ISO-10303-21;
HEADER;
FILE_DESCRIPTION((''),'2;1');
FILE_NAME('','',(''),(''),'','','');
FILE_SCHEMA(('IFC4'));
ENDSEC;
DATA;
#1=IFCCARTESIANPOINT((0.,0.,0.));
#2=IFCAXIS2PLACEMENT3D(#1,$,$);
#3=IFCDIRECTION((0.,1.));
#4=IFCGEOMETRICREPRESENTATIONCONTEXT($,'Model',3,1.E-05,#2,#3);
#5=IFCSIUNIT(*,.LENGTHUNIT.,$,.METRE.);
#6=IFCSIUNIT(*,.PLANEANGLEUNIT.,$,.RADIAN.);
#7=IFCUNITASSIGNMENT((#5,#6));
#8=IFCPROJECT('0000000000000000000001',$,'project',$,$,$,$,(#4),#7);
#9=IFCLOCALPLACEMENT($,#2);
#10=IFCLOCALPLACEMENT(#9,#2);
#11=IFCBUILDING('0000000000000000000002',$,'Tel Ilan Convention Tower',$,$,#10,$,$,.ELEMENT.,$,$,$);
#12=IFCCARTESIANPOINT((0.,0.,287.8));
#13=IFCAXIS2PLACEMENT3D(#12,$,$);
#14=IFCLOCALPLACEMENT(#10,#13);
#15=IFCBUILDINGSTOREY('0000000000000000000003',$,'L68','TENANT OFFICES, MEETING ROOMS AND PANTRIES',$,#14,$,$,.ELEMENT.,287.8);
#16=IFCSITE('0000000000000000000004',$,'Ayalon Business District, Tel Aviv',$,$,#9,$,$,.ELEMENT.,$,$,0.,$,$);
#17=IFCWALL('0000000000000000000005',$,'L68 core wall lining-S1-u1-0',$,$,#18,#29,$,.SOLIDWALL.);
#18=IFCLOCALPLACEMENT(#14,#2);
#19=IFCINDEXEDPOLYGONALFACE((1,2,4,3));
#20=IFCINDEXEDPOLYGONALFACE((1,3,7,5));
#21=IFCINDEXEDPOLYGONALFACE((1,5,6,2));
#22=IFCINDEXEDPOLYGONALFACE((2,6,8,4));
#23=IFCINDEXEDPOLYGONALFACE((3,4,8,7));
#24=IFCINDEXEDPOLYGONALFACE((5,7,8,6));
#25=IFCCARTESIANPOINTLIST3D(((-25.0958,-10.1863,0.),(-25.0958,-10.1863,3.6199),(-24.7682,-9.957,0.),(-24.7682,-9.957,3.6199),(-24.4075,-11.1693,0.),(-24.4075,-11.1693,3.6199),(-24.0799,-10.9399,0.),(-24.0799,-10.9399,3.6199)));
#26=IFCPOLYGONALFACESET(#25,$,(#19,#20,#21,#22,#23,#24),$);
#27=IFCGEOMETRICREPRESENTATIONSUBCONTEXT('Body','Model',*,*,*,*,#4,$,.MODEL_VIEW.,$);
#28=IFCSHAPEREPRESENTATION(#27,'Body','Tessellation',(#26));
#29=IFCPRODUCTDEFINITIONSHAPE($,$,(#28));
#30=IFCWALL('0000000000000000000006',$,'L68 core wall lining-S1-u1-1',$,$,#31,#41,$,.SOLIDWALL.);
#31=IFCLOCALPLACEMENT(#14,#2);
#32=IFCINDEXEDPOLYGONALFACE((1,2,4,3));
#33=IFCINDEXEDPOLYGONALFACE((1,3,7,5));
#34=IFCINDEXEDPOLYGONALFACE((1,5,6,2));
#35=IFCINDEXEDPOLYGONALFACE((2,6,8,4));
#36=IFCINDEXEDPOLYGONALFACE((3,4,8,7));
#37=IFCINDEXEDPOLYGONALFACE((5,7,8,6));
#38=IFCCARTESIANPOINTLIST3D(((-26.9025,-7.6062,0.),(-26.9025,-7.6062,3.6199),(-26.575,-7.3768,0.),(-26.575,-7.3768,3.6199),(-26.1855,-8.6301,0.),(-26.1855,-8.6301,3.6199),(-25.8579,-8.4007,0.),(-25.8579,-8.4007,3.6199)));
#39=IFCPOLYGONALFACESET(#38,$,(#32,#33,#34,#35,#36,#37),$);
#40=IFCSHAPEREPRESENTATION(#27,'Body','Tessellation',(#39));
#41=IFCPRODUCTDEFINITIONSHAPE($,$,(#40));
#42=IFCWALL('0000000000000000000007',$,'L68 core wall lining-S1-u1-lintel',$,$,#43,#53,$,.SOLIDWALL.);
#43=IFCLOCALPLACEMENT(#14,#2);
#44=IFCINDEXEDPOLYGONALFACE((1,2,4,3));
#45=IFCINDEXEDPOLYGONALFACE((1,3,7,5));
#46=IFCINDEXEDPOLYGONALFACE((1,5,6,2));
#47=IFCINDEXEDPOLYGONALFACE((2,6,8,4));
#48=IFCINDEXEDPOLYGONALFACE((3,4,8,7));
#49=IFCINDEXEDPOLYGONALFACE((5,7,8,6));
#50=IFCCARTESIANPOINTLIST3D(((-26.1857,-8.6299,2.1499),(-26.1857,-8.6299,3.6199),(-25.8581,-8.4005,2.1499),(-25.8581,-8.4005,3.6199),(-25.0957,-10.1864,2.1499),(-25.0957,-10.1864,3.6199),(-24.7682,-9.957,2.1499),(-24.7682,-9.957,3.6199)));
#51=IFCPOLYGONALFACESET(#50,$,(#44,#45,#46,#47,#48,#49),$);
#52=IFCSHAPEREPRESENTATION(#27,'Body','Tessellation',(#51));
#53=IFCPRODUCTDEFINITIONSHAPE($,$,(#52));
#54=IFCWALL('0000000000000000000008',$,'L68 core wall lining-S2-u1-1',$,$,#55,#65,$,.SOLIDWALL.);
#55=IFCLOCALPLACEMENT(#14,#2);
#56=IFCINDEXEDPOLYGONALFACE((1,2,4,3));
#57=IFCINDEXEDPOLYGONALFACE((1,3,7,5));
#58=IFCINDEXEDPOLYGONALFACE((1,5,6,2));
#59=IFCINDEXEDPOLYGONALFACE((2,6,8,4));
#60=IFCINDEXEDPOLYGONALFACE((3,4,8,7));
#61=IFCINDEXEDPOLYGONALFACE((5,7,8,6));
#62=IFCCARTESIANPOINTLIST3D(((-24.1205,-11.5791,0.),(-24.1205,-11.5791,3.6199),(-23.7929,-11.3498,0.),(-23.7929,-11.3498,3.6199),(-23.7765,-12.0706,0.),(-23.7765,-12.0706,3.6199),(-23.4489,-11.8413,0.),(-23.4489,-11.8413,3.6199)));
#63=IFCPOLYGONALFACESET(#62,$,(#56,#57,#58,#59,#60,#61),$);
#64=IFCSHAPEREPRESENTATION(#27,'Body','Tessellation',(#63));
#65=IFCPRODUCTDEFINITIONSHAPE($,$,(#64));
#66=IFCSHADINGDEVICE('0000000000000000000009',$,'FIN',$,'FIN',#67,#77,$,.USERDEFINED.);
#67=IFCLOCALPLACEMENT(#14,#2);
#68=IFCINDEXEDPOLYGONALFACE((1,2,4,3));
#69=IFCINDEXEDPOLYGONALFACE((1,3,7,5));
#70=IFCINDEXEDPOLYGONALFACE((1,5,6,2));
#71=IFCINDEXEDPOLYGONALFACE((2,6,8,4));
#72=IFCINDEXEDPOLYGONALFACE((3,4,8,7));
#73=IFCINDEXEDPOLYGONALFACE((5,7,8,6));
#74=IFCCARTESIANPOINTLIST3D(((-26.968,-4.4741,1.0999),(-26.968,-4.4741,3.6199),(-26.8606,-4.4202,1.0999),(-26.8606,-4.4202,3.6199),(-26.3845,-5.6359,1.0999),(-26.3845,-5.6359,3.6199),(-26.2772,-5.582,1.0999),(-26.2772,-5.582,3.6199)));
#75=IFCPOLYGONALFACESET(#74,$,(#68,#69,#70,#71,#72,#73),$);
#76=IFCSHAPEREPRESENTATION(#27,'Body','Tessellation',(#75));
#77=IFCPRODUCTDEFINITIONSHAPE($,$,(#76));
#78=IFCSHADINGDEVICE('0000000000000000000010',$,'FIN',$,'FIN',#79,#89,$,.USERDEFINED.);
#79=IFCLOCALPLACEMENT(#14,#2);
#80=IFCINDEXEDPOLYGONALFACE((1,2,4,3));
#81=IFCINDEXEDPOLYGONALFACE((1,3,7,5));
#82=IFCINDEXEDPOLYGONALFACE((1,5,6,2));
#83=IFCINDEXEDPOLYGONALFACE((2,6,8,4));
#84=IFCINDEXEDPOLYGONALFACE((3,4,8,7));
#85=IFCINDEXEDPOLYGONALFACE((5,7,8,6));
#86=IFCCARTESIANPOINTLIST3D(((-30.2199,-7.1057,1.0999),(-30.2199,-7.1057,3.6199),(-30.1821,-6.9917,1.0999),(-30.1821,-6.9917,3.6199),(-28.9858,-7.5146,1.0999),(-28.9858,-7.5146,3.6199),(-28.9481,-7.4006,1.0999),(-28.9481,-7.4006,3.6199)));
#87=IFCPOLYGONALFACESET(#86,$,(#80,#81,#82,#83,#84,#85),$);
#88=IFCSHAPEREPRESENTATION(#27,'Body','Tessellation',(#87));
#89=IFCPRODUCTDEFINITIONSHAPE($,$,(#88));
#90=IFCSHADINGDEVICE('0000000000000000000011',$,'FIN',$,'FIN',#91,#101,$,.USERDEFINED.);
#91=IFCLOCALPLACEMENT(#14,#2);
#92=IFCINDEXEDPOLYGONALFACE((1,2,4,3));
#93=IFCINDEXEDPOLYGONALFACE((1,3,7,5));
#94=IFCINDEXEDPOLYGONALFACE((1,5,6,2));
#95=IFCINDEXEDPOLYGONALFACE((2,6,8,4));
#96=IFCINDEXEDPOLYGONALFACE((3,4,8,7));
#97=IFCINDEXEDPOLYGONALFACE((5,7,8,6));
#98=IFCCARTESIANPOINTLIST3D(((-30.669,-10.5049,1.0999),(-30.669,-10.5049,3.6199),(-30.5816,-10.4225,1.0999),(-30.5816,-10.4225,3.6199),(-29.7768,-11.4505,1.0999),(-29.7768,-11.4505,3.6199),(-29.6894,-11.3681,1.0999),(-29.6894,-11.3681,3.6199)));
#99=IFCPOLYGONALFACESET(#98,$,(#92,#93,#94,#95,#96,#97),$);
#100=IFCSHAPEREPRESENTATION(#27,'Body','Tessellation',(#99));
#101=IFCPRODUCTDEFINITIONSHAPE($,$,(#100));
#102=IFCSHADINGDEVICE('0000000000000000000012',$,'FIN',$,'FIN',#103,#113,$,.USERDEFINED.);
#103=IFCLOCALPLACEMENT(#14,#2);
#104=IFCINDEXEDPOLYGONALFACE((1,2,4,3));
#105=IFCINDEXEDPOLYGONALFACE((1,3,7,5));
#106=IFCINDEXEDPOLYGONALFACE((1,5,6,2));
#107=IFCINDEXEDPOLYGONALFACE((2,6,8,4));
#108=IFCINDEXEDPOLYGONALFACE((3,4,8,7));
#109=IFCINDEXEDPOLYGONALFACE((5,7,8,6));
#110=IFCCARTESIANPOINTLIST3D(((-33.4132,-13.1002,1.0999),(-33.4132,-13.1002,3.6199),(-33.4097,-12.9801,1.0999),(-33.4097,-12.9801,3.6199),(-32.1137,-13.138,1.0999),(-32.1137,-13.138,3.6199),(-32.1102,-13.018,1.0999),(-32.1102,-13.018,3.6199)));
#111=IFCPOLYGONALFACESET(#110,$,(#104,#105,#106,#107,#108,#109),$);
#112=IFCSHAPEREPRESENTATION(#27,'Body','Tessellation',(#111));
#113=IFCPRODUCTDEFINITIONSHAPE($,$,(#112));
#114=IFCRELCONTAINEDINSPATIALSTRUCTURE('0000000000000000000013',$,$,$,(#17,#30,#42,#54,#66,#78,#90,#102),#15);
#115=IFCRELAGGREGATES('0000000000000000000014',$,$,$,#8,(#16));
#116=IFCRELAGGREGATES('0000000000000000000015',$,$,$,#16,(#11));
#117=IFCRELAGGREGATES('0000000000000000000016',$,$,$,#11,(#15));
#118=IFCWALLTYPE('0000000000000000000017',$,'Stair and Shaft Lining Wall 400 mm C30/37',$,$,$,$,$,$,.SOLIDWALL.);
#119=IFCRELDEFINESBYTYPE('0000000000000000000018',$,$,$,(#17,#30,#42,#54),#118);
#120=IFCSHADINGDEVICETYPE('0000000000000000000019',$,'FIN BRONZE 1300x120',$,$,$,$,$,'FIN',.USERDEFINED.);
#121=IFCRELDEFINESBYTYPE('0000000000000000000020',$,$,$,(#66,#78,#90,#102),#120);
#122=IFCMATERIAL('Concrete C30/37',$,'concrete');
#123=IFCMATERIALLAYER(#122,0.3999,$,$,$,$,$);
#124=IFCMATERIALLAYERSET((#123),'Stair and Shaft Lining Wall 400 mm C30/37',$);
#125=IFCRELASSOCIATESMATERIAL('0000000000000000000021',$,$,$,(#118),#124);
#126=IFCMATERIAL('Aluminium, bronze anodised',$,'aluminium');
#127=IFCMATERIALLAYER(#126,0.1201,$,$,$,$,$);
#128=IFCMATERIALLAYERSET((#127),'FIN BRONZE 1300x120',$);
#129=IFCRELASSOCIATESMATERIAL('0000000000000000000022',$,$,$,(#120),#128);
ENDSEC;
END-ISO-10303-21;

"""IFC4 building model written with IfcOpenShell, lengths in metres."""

from ifc_helpers import new_model, si_unit, direction, frame, frame_2d, origin, origin_2d, place, context, subcontext, project, spatial, rectangle, extrude, material, layer, layer_set, type_object, element, save


model = new_model("IFC4")

# Units and contexts
model_context = context("Model", 3, precision=1e-05, world=origin(), true_north=direction((0.0, 1.0)))
body_context = subcontext(model_context, "Body", "Model", "MODEL_VIEW")
ifc_project = project(units=[si_unit("LENGTHUNIT", "METRE"), si_unit("PLANEANGLEUNIT", "RADIAN")], contexts=[model_context])

# Site, building, storey
site_placement = place(None, origin())
site = spatial("IfcSite", under=ifc_project, at=site_placement, Name="Ayalon Business District, Tel Aviv", CompositionType="ELEMENT", RefElevation=0.0)
building_placement = place(site_placement, origin())
building = spatial("IfcBuilding", under=site, at=building_placement, Name="Tel Ilan Convention Tower", CompositionType="ELEMENT")
storey_placement = place(building_placement, frame((0.0, 0.0, 287.8)))
storey = spatial("IfcBuildingStorey", under=building, at=storey_placement, Name="L68", Description="TENANT OFFICES, MEETING ROOMS AND PANTRIES", CompositionType="ELEMENT", Elevation=287.8)

# Walls
ifc_material_1 = material(Name="Concrete C30/37", Category="concrete")
ifc_layer_1 = layer(ifc_material_1, 0.3999)
ifc_layer_set_1 = layer_set([ifc_layer_1], Name="Stair and Shaft Lining Wall 400 mm C30/37")
wall_type = type_object("IfcWallType", Name="Stair and Shaft Lining Wall 400 mm C30/37", PredefinedType="SOLIDWALL", material=ifc_layer_set_1)
wall_1_placement = place(storey_placement, frame((-24.2437, -11.0547, 0.0), z_axis=(0.0, 0.0, 1.0), x_axis=(-0.573572, 0.819155, 0.0)))
element("IfcWall", 1, at=wall_1_placement, inside=storey, type_object=wall_type, Name="L68 core wall lining-S1-u1-0", PredefinedType="SOLIDWALL", context=body_context, shape_type="SweptSolid", body=[
    extrude(rectangle(XDim=1.2, YDim=0.3999, at=frame_2d((0.6001, 0.0))), origin(), (0.0, 0.0, 1.0), 3.6199),
])
wall_2_placement = place(storey_placement, frame((-26.0217, -8.5154, 0.0), z_axis=(0.0, 0.0, 1.0), x_axis=(-0.57362, 0.819122, 0.0)))
element("IfcWall", 2, at=wall_2_placement, inside=storey, type_object=wall_type, Name="L68 core wall lining-S1-u1-1", PredefinedType="SOLIDWALL", context=body_context, shape_type="SweptSolid", body=[
    extrude(rectangle(XDim=1.25, YDim=0.3999, at=frame_2d((0.625, 0.0))), origin(), (0.0, 0.0, 1.0), 3.6199),
])
wall_3_placement = place(storey_placement, frame((-24.9319, -10.0718, 2.1499), z_axis=(0.0, 0.0, 1.0), x_axis=(-0.573592, 0.819141, 0.0)))
element("IfcWall", 3, at=wall_3_placement, inside=storey, type_object=wall_type, Name="L68 core wall lining-S1-u1-lintel", PredefinedType="SOLIDWALL", context=body_context, shape_type="SweptSolid", body=[
    extrude(rectangle(XDim=1.9001, YDim=0.3999, at=frame_2d((0.9502, 0.0))), origin(), (0.0, 0.0, 1.0), 1.47),
])
wall_4_placement = place(storey_placement, frame((-23.6128, -11.9558, 0.0), z_axis=(0.0, 0.0, 1.0), x_axis=(-0.573435, 0.819251, 0.0)))
element("IfcWall", 4, at=wall_4_placement, inside=storey, type_object=wall_type, Name="L68 core wall lining-S2-u1-1", PredefinedType="SOLIDWALL", context=body_context, shape_type="SweptSolid", body=[
    extrude(rectangle(XDim=0.5999, YDim=0.3999, at=frame_2d((0.2998, 0.0))), origin(), (0.0, 0.0, 1.0), 3.6199),
])

# Shading devices
ifc_material_2 = material(Name="Aluminium, bronze anodised", Category="aluminium")
ifc_layer_2 = layer(ifc_material_2, 0.1201)
ifc_layer_set_2 = layer_set([ifc_layer_2], Name="FIN BRONZE 1300x120")
shading_device_type = type_object("IfcShadingDeviceType", Name="FIN BRONZE 1300x120", ElementType="FIN", PredefinedType="USERDEFINED", material=ifc_layer_set_2)
for number, where, z_axis, x_axis, name in (
    (5, (-26.6226, -5.0281, 1.0999), (0.0, 0.0, 1.0), (-0.448799, 0.893633, 0.0), "FIN"),
    (6, (-29.584, -7.2532, 1.0999), (0.0, 0.0, 1.0), (-0.949243, 0.314545, 0.0), "FIN"),
    (7, (-30.1792, -10.9365, 1.0999), (0.0, 0.0, 1.0), (-0.686242, 0.727374, 0.0), "FIN"),
    (8, (-32.7617, -13.0591, 1.0999), (0.0, 0.0, 1.0), (-0.999577, 0.029085, 0.0), "FIN"),
):
    element("IfcShadingDevice", number, at=place(storey_placement, frame(where, z_axis=z_axis, x_axis=x_axis)), inside=storey, type_object=shading_device_type, Name=name, ObjectType="FIN", PredefinedType="USERDEFINED", context=body_context, shape_type="SweptSolid", body=[
        extrude(rectangle(XDim=1.3, YDim=0.1201, at=origin_2d()), origin(), (0.0, 0.0, 1.0), 2.52),
    ])

save(model, "model.ifc")
